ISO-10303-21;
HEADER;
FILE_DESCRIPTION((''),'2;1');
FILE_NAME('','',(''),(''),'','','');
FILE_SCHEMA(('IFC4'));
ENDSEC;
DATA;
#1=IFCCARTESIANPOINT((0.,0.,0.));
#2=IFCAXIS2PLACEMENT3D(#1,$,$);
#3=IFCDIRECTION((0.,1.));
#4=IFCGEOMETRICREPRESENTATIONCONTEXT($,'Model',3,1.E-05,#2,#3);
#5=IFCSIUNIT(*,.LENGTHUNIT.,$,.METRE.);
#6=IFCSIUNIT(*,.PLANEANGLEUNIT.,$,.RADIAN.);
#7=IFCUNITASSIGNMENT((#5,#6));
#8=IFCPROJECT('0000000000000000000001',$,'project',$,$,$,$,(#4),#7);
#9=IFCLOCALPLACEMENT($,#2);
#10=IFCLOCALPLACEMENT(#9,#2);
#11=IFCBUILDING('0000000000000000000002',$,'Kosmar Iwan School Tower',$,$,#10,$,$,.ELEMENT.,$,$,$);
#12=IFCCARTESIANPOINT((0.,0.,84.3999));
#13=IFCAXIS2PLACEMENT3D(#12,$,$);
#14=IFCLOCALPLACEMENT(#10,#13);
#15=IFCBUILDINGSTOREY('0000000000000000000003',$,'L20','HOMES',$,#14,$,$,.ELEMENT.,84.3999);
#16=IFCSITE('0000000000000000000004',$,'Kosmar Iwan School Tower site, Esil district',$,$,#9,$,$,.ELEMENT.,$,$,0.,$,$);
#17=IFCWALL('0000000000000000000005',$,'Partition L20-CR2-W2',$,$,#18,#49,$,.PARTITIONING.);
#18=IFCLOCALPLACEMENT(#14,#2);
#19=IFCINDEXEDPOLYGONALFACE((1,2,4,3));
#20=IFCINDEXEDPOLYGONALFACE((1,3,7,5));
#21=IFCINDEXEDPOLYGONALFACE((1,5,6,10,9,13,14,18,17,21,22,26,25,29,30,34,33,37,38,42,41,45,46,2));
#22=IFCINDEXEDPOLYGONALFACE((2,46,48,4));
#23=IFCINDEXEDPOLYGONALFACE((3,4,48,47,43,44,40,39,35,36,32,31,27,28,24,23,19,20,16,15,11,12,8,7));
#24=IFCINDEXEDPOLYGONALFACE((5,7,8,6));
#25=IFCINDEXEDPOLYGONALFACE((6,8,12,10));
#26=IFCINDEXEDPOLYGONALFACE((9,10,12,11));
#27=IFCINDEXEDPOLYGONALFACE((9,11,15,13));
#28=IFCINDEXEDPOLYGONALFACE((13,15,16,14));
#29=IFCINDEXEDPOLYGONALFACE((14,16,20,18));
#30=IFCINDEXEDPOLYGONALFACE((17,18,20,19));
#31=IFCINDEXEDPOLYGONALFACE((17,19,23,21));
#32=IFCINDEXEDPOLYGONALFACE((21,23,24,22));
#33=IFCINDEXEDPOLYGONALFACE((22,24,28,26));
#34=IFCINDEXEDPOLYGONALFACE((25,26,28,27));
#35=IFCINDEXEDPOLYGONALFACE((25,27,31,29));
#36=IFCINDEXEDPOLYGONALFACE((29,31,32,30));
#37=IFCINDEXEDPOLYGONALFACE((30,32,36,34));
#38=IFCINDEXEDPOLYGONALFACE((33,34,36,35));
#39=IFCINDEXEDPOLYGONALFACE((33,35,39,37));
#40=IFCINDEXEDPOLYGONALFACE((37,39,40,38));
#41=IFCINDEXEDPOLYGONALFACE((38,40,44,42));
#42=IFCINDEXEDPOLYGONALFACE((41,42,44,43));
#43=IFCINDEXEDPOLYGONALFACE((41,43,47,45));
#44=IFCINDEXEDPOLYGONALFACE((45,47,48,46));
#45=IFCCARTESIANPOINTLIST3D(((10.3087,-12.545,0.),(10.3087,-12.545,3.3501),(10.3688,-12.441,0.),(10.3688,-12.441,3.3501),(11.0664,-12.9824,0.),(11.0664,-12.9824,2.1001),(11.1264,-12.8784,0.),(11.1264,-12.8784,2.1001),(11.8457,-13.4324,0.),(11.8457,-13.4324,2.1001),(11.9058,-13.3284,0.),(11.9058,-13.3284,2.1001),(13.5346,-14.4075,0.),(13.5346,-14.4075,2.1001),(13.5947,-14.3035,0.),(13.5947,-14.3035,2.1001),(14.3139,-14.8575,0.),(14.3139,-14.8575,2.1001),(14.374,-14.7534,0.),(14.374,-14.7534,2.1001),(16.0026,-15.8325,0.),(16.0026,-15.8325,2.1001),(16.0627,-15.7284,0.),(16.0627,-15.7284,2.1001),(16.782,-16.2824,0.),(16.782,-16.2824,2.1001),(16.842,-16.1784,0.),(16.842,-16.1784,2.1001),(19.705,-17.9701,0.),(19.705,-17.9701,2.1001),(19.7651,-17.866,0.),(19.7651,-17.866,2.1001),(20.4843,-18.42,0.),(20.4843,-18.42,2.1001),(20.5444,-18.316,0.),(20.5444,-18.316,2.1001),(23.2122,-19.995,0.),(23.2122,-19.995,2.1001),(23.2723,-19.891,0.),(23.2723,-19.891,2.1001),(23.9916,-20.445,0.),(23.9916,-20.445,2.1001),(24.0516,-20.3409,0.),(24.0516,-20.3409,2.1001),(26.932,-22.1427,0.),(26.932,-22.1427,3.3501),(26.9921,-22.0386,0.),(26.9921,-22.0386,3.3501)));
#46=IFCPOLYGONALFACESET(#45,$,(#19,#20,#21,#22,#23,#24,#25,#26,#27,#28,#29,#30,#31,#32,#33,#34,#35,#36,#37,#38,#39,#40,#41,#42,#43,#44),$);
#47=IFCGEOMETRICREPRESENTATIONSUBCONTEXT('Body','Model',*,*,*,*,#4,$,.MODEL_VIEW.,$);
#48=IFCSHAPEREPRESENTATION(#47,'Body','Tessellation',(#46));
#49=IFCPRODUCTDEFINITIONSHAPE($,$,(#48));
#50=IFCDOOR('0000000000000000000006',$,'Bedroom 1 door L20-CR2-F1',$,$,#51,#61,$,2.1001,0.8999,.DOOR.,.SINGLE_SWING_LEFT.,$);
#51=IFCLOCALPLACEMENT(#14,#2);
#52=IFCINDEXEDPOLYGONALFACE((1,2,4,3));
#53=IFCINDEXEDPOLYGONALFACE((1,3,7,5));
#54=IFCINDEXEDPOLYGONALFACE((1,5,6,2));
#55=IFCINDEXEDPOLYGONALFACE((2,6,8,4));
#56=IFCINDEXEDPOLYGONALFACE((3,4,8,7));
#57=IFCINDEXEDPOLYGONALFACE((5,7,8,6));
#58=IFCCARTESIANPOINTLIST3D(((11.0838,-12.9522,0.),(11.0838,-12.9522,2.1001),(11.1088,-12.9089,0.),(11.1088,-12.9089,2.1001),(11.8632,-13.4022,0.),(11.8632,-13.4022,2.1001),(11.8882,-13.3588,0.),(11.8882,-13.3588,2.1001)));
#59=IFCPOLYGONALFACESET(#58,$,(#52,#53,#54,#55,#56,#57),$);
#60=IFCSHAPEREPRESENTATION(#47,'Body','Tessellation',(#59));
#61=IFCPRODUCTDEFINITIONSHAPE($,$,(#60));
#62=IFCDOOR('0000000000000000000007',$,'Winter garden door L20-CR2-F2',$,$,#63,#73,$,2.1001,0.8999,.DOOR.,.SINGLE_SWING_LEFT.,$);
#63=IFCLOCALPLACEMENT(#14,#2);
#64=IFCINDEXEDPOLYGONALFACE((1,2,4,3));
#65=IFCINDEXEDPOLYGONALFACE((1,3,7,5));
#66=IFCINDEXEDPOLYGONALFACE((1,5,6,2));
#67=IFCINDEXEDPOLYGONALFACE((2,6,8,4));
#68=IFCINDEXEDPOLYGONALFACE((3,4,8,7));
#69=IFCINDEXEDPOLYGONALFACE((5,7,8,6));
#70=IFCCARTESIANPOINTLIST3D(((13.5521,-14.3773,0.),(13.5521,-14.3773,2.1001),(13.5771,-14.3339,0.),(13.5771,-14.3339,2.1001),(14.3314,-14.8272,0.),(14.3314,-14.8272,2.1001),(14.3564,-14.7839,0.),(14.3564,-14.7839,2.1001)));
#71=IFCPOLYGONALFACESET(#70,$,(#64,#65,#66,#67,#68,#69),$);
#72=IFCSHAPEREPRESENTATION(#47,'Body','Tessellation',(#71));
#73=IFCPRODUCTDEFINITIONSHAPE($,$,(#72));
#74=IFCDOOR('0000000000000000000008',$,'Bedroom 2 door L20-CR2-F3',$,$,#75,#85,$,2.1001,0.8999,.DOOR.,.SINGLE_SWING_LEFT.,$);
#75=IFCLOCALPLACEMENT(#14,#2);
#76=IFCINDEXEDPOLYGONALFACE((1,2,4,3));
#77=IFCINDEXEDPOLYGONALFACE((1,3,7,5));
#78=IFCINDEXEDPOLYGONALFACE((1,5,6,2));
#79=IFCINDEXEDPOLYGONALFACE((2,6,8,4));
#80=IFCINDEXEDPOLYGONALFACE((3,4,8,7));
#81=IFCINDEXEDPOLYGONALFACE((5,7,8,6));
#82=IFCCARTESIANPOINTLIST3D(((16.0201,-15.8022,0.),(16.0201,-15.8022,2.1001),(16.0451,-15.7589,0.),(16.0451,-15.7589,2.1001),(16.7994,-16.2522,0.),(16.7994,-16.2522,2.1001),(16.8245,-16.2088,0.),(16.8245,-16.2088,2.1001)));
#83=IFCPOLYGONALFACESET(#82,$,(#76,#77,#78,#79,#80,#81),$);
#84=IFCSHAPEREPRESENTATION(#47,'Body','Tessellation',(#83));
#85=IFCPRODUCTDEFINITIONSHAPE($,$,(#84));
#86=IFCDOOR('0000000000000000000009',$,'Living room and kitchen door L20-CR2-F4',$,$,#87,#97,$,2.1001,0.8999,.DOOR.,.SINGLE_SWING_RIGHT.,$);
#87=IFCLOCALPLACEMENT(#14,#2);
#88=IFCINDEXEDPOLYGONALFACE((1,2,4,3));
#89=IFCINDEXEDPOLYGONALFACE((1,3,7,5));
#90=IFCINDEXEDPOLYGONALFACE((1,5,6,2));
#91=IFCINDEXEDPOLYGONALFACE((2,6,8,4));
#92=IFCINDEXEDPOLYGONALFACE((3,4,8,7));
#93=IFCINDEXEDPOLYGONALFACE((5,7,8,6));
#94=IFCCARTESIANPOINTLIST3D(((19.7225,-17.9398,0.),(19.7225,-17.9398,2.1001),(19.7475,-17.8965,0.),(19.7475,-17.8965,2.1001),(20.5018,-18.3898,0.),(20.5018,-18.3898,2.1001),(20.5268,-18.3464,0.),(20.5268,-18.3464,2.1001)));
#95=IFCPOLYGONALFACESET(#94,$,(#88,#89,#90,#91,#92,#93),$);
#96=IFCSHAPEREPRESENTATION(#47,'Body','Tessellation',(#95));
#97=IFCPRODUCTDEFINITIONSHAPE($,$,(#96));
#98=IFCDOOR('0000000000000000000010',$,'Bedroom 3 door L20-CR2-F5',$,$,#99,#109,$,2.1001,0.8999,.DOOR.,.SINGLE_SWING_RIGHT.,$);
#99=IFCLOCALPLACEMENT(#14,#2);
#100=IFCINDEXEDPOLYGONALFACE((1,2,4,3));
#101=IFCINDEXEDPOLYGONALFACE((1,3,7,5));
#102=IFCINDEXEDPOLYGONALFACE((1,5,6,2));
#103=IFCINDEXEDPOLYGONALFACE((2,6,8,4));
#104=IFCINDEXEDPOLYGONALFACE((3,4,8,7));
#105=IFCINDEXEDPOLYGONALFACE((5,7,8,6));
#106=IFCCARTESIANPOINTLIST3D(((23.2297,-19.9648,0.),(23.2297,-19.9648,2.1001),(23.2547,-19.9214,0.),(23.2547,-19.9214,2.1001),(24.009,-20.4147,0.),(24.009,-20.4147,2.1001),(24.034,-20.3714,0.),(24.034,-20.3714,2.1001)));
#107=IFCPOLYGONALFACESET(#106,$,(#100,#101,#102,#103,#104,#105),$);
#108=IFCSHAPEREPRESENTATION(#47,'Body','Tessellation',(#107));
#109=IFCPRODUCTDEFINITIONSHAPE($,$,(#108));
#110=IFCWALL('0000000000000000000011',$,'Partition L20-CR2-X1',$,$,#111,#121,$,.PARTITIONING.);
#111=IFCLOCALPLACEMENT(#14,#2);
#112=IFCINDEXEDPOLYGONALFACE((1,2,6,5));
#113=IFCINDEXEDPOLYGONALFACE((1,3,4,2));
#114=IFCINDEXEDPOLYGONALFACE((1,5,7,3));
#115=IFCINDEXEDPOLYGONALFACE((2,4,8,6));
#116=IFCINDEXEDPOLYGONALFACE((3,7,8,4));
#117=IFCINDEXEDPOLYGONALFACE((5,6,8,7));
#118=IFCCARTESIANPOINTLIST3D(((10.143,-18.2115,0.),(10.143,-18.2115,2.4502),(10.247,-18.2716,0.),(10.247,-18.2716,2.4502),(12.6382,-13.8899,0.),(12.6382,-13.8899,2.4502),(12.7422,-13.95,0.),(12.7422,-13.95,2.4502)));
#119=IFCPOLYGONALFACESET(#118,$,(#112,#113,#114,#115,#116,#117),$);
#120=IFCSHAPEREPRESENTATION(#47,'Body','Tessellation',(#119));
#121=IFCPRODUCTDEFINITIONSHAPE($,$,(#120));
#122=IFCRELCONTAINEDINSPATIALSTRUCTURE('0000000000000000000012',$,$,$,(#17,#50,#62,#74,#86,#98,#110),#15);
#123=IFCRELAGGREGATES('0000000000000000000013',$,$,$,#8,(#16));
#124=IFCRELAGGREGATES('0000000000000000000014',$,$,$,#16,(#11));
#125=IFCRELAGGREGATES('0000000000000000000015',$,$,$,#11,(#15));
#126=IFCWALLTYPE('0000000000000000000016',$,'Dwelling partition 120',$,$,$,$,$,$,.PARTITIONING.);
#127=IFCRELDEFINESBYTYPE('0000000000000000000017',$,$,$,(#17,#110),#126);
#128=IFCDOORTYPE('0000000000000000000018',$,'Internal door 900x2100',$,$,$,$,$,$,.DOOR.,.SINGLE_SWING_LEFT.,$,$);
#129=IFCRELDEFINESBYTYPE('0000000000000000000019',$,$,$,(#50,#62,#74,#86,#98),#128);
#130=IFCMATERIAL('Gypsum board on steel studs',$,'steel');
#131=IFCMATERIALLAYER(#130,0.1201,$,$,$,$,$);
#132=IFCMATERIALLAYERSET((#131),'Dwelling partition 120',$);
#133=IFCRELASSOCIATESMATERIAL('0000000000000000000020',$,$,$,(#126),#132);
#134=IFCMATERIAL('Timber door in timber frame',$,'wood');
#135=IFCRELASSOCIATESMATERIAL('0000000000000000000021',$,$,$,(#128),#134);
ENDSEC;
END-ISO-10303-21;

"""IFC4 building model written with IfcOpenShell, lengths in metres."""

from ifc_helpers import new_model, si_unit, direction, frame, frame_2d, origin, place, context, subcontext, project, spatial, rectangle, extrude, material, layer, layer_set, type_object, element, fill, save


model = new_model("IFC4")

# Units and contexts
model_context = context("Model", 3, precision=1e-05, world=origin(), true_north=direction((0.0, 1.0)))
body_context = subcontext(model_context, "Body", "Model", "MODEL_VIEW")
ifc_project = project(units=[si_unit("LENGTHUNIT", "METRE"), si_unit("PLANEANGLEUNIT", "RADIAN")], contexts=[model_context])

# Site, building, storey
site_placement = place(None, origin())
site = spatial("IfcSite", under=ifc_project, at=site_placement, Name="Kosmar Iwan School Tower site, Esil district", CompositionType="ELEMENT", RefElevation=0.0)
building_placement = place(site_placement, origin())
building = spatial("IfcBuilding", under=site, at=building_placement, Name="Kosmar Iwan School Tower", CompositionType="ELEMENT")
storey_placement = place(building_placement, frame((0.0, 0.0, 84.3999)))
storey = spatial("IfcBuildingStorey", under=building, at=storey_placement, Name="L20", Description="HOMES", CompositionType="ELEMENT", Elevation=84.3999)

# Wall, openings, doors
ifc_material_1 = material(Name="Gypsum board on steel studs", Category="steel")
ifc_layer = layer(ifc_material_1, 0.1201)
ifc_layer_set = layer_set([ifc_layer], Name="Dwelling partition 120")
wall_type = type_object("IfcWallType", Name="Dwelling partition 120", PredefinedType="PARTITIONING", material=ifc_layer_set)
ifc_material_2 = material(Name="Timber door in timber frame", Category="wood")
door_type_1 = type_object("IfcDoorType", Name="Internal door 900x2100", OperationType="SINGLE_SWING_LEFT", PredefinedType="DOOR", material=ifc_material_2)
wall_1_placement = place(storey_placement, frame((10.3386, -12.4929, 0.0), z_axis=(0.0, 0.0, 1.0), x_axis=(0.866021, -0.500008, 0.0)))
wall_1 = element("IfcWall", 1, at=wall_1_placement, inside=storey, type_object=wall_type, Name="Partition L20-CR2-W2", PredefinedType="PARTITIONING", context=body_context, shape_type="SweptSolid", body=[
    extrude(rectangle(XDim=19.1951, YDim=0.1201, at=frame_2d((9.5977, 0.0))), origin(), (0.0, 0.0, 1.0), 3.3501),
])
opening_1_placement = place(wall_1_placement, frame((0.875, 0.0, 0.0)))
opening_1 = element("IfcOpeningElement", 2, at=opening_1_placement, cuts=wall_1, PredefinedType="OPENING", context=body_context, shape_type="SweptSolid", body=[
    extrude(rectangle(XDim=0.8999, YDim=2.1001, at=frame_2d((0.45, 1.05))), frame((0.0, 0.072, 0.0), z_axis=(0.0, -1.0, 0.0), x_axis=(1.0, 0.0, 0.0)), (0.0, 0.0, 1.0), 0.144),
])
opening_2_placement = place(wall_1_placement, frame((3.7251, 0.0, 0.0)))
opening_2 = element("IfcOpeningElement", 3, at=opening_2_placement, cuts=wall_1, PredefinedType="OPENING", context=body_context, shape_type="SweptSolid", body=[
    extrude(rectangle(XDim=0.8999, YDim=2.1001, at=frame_2d((0.45, 1.05))), frame((0.0, 0.072, 0.0), z_axis=(0.0, -1.0, 0.0), x_axis=(1.0, 0.0, 0.0)), (0.0, 0.0, 1.0), 0.144),
])
opening_3_placement = place(wall_1_placement, frame((6.575, 0.0, 0.0)))
opening_3 = element("IfcOpeningElement", 4, at=opening_3_placement, cuts=wall_1, PredefinedType="OPENING", context=body_context, shape_type="SweptSolid", body=[
    extrude(rectangle(XDim=0.8999, YDim=2.1001, at=frame_2d((0.45, 1.05))), frame((0.0, 0.072, 0.0), z_axis=(0.0, -1.0, 0.0), x_axis=(1.0, 0.0, 0.0)), (0.0, 0.0, 1.0), 0.144),
])
opening_4_placement = place(wall_1_placement, frame((10.8501, 0.0, 0.0)))
opening_4 = element("IfcOpeningElement", 5, at=opening_4_placement, cuts=wall_1, PredefinedType="OPENING", context=body_context, shape_type="SweptSolid", body=[
    extrude(rectangle(XDim=0.8999, YDim=2.1001, at=frame_2d((0.45, 1.05))), frame((0.0, 0.072, 0.0), z_axis=(0.0, -1.0, 0.0), x_axis=(1.0, 0.0, 0.0)), (0.0, 0.0, 1.0), 0.144),
])
opening_5_placement = place(wall_1_placement, frame((14.8999, 0.0, 0.0)))
opening_5 = element("IfcOpeningElement", 6, at=opening_5_placement, cuts=wall_1, PredefinedType="OPENING", context=body_context, shape_type="SweptSolid", body=[
    extrude(rectangle(XDim=0.8999, YDim=2.1001, at=frame_2d((0.45, 1.05))), frame((0.0, 0.072, 0.0), z_axis=(0.0, -1.0, 0.0), x_axis=(1.0, 0.0, 0.0)), (0.0, 0.0, 1.0), 0.144),
])
door_1_placement = place(opening_1_placement, origin())
door_1 = element("IfcDoor", 7, at=door_1_placement, inside=storey, type_object=door_type_1, Name="Bedroom 1 door L20-CR2-F1", OperationType="SINGLE_SWING_LEFT", OverallHeight=2.1001, OverallWidth=0.8999, PredefinedType="DOOR", context=body_context, shape_type="SweptSolid", body=[
    extrude(rectangle(XDim=0.8999, YDim=2.1001, at=frame_2d((0.45, 1.05))), frame((0.0, 0.0249, 0.0), z_axis=(0.0, -1.0, 0.0), x_axis=(1.0, 0.0, 0.0)), (0.0, 0.0, 1.0), 0.05),
])
fill(opening_1, door_1)
door_2_placement = place(opening_2_placement, origin())
door_2 = element("IfcDoor", 8, at=door_2_placement, inside=storey, type_object=door_type_1, Name="Winter garden door L20-CR2-F2", OperationType="SINGLE_SWING_LEFT", OverallHeight=2.1001, OverallWidth=0.8999, PredefinedType="DOOR", context=body_context, shape_type="SweptSolid", body=[
    extrude(rectangle(XDim=0.8999, YDim=2.1001, at=frame_2d((0.45, 1.05))), frame((0.0, 0.0249, 0.0), z_axis=(0.0, -1.0, 0.0), x_axis=(1.0, 0.0, 0.0)), (0.0, 0.0, 1.0), 0.05),
])
fill(opening_2, door_2)
door_3_placement = place(opening_3_placement, origin())
door_3 = element("IfcDoor", 9, at=door_3_placement, inside=storey, type_object=door_type_1, Name="Bedroom 2 door L20-CR2-F3", OperationType="SINGLE_SWING_LEFT", OverallHeight=2.1001, OverallWidth=0.8999, PredefinedType="DOOR", context=body_context, shape_type="SweptSolid", body=[
    extrude(rectangle(XDim=0.8999, YDim=2.1001, at=frame_2d((0.45, 1.05))), frame((0.0, 0.0249, 0.0), z_axis=(0.0, -1.0, 0.0), x_axis=(1.0, 0.0, 0.0)), (0.0, 0.0, 1.0), 0.05),
])
fill(opening_3, door_3)
door_4_placement = place(opening_4_placement, origin())
door_4 = element("IfcDoor", 10, at=door_4_placement, inside=storey, type_object=door_type_1, Name="Living room and kitchen door L20-CR2-F4", OperationType="SINGLE_SWING_RIGHT", OverallHeight=2.1001, OverallWidth=0.8999, PredefinedType="DOOR", context=body_context, shape_type="SweptSolid", body=[
    extrude(rectangle(XDim=0.8999, YDim=2.1001, at=frame_2d((0.45, 1.05))), frame((0.0, 0.0249, 0.0), z_axis=(0.0, -1.0, 0.0), x_axis=(1.0, 0.0, 0.0)), (0.0, 0.0, 1.0), 0.05),
])
fill(opening_4, door_4)
door_5_placement = place(opening_5_placement, origin())
door_5 = element("IfcDoor", 11, at=door_5_placement, inside=storey, type_object=door_type_1, Name="Bedroom 3 door L20-CR2-F5", OperationType="SINGLE_SWING_RIGHT", OverallHeight=2.1001, OverallWidth=0.8999, PredefinedType="DOOR", context=body_context, shape_type="SweptSolid", body=[
    extrude(rectangle(XDim=0.8999, YDim=2.1001, at=frame_2d((0.45, 1.05))), frame((0.0, 0.0249, 0.0), z_axis=(0.0, -1.0, 0.0), x_axis=(1.0, 0.0, 0.0)), (0.0, 0.0, 1.0), 0.05),
])
fill(opening_5, door_5)

# Wall
wall_2_placement = place(storey_placement, frame((12.6902, -13.9199, 0.0), z_axis=(0.0, 0.0, 1.0), x_axis=(-0.500012, -0.866019, 0.0)))
element("IfcWall", 12, at=wall_2_placement, inside=storey, type_object=wall_type, Name="Partition L20-CR2-X1", PredefinedType="PARTITIONING", context=body_context, shape_type="SweptSolid", body=[
    extrude(rectangle(XDim=4.9902, YDim=0.1201, at=frame_2d((2.4951, 0.0))), origin(), (0.0, 0.0, 1.0), 2.4502),
])

save(model, "model.ifc")
